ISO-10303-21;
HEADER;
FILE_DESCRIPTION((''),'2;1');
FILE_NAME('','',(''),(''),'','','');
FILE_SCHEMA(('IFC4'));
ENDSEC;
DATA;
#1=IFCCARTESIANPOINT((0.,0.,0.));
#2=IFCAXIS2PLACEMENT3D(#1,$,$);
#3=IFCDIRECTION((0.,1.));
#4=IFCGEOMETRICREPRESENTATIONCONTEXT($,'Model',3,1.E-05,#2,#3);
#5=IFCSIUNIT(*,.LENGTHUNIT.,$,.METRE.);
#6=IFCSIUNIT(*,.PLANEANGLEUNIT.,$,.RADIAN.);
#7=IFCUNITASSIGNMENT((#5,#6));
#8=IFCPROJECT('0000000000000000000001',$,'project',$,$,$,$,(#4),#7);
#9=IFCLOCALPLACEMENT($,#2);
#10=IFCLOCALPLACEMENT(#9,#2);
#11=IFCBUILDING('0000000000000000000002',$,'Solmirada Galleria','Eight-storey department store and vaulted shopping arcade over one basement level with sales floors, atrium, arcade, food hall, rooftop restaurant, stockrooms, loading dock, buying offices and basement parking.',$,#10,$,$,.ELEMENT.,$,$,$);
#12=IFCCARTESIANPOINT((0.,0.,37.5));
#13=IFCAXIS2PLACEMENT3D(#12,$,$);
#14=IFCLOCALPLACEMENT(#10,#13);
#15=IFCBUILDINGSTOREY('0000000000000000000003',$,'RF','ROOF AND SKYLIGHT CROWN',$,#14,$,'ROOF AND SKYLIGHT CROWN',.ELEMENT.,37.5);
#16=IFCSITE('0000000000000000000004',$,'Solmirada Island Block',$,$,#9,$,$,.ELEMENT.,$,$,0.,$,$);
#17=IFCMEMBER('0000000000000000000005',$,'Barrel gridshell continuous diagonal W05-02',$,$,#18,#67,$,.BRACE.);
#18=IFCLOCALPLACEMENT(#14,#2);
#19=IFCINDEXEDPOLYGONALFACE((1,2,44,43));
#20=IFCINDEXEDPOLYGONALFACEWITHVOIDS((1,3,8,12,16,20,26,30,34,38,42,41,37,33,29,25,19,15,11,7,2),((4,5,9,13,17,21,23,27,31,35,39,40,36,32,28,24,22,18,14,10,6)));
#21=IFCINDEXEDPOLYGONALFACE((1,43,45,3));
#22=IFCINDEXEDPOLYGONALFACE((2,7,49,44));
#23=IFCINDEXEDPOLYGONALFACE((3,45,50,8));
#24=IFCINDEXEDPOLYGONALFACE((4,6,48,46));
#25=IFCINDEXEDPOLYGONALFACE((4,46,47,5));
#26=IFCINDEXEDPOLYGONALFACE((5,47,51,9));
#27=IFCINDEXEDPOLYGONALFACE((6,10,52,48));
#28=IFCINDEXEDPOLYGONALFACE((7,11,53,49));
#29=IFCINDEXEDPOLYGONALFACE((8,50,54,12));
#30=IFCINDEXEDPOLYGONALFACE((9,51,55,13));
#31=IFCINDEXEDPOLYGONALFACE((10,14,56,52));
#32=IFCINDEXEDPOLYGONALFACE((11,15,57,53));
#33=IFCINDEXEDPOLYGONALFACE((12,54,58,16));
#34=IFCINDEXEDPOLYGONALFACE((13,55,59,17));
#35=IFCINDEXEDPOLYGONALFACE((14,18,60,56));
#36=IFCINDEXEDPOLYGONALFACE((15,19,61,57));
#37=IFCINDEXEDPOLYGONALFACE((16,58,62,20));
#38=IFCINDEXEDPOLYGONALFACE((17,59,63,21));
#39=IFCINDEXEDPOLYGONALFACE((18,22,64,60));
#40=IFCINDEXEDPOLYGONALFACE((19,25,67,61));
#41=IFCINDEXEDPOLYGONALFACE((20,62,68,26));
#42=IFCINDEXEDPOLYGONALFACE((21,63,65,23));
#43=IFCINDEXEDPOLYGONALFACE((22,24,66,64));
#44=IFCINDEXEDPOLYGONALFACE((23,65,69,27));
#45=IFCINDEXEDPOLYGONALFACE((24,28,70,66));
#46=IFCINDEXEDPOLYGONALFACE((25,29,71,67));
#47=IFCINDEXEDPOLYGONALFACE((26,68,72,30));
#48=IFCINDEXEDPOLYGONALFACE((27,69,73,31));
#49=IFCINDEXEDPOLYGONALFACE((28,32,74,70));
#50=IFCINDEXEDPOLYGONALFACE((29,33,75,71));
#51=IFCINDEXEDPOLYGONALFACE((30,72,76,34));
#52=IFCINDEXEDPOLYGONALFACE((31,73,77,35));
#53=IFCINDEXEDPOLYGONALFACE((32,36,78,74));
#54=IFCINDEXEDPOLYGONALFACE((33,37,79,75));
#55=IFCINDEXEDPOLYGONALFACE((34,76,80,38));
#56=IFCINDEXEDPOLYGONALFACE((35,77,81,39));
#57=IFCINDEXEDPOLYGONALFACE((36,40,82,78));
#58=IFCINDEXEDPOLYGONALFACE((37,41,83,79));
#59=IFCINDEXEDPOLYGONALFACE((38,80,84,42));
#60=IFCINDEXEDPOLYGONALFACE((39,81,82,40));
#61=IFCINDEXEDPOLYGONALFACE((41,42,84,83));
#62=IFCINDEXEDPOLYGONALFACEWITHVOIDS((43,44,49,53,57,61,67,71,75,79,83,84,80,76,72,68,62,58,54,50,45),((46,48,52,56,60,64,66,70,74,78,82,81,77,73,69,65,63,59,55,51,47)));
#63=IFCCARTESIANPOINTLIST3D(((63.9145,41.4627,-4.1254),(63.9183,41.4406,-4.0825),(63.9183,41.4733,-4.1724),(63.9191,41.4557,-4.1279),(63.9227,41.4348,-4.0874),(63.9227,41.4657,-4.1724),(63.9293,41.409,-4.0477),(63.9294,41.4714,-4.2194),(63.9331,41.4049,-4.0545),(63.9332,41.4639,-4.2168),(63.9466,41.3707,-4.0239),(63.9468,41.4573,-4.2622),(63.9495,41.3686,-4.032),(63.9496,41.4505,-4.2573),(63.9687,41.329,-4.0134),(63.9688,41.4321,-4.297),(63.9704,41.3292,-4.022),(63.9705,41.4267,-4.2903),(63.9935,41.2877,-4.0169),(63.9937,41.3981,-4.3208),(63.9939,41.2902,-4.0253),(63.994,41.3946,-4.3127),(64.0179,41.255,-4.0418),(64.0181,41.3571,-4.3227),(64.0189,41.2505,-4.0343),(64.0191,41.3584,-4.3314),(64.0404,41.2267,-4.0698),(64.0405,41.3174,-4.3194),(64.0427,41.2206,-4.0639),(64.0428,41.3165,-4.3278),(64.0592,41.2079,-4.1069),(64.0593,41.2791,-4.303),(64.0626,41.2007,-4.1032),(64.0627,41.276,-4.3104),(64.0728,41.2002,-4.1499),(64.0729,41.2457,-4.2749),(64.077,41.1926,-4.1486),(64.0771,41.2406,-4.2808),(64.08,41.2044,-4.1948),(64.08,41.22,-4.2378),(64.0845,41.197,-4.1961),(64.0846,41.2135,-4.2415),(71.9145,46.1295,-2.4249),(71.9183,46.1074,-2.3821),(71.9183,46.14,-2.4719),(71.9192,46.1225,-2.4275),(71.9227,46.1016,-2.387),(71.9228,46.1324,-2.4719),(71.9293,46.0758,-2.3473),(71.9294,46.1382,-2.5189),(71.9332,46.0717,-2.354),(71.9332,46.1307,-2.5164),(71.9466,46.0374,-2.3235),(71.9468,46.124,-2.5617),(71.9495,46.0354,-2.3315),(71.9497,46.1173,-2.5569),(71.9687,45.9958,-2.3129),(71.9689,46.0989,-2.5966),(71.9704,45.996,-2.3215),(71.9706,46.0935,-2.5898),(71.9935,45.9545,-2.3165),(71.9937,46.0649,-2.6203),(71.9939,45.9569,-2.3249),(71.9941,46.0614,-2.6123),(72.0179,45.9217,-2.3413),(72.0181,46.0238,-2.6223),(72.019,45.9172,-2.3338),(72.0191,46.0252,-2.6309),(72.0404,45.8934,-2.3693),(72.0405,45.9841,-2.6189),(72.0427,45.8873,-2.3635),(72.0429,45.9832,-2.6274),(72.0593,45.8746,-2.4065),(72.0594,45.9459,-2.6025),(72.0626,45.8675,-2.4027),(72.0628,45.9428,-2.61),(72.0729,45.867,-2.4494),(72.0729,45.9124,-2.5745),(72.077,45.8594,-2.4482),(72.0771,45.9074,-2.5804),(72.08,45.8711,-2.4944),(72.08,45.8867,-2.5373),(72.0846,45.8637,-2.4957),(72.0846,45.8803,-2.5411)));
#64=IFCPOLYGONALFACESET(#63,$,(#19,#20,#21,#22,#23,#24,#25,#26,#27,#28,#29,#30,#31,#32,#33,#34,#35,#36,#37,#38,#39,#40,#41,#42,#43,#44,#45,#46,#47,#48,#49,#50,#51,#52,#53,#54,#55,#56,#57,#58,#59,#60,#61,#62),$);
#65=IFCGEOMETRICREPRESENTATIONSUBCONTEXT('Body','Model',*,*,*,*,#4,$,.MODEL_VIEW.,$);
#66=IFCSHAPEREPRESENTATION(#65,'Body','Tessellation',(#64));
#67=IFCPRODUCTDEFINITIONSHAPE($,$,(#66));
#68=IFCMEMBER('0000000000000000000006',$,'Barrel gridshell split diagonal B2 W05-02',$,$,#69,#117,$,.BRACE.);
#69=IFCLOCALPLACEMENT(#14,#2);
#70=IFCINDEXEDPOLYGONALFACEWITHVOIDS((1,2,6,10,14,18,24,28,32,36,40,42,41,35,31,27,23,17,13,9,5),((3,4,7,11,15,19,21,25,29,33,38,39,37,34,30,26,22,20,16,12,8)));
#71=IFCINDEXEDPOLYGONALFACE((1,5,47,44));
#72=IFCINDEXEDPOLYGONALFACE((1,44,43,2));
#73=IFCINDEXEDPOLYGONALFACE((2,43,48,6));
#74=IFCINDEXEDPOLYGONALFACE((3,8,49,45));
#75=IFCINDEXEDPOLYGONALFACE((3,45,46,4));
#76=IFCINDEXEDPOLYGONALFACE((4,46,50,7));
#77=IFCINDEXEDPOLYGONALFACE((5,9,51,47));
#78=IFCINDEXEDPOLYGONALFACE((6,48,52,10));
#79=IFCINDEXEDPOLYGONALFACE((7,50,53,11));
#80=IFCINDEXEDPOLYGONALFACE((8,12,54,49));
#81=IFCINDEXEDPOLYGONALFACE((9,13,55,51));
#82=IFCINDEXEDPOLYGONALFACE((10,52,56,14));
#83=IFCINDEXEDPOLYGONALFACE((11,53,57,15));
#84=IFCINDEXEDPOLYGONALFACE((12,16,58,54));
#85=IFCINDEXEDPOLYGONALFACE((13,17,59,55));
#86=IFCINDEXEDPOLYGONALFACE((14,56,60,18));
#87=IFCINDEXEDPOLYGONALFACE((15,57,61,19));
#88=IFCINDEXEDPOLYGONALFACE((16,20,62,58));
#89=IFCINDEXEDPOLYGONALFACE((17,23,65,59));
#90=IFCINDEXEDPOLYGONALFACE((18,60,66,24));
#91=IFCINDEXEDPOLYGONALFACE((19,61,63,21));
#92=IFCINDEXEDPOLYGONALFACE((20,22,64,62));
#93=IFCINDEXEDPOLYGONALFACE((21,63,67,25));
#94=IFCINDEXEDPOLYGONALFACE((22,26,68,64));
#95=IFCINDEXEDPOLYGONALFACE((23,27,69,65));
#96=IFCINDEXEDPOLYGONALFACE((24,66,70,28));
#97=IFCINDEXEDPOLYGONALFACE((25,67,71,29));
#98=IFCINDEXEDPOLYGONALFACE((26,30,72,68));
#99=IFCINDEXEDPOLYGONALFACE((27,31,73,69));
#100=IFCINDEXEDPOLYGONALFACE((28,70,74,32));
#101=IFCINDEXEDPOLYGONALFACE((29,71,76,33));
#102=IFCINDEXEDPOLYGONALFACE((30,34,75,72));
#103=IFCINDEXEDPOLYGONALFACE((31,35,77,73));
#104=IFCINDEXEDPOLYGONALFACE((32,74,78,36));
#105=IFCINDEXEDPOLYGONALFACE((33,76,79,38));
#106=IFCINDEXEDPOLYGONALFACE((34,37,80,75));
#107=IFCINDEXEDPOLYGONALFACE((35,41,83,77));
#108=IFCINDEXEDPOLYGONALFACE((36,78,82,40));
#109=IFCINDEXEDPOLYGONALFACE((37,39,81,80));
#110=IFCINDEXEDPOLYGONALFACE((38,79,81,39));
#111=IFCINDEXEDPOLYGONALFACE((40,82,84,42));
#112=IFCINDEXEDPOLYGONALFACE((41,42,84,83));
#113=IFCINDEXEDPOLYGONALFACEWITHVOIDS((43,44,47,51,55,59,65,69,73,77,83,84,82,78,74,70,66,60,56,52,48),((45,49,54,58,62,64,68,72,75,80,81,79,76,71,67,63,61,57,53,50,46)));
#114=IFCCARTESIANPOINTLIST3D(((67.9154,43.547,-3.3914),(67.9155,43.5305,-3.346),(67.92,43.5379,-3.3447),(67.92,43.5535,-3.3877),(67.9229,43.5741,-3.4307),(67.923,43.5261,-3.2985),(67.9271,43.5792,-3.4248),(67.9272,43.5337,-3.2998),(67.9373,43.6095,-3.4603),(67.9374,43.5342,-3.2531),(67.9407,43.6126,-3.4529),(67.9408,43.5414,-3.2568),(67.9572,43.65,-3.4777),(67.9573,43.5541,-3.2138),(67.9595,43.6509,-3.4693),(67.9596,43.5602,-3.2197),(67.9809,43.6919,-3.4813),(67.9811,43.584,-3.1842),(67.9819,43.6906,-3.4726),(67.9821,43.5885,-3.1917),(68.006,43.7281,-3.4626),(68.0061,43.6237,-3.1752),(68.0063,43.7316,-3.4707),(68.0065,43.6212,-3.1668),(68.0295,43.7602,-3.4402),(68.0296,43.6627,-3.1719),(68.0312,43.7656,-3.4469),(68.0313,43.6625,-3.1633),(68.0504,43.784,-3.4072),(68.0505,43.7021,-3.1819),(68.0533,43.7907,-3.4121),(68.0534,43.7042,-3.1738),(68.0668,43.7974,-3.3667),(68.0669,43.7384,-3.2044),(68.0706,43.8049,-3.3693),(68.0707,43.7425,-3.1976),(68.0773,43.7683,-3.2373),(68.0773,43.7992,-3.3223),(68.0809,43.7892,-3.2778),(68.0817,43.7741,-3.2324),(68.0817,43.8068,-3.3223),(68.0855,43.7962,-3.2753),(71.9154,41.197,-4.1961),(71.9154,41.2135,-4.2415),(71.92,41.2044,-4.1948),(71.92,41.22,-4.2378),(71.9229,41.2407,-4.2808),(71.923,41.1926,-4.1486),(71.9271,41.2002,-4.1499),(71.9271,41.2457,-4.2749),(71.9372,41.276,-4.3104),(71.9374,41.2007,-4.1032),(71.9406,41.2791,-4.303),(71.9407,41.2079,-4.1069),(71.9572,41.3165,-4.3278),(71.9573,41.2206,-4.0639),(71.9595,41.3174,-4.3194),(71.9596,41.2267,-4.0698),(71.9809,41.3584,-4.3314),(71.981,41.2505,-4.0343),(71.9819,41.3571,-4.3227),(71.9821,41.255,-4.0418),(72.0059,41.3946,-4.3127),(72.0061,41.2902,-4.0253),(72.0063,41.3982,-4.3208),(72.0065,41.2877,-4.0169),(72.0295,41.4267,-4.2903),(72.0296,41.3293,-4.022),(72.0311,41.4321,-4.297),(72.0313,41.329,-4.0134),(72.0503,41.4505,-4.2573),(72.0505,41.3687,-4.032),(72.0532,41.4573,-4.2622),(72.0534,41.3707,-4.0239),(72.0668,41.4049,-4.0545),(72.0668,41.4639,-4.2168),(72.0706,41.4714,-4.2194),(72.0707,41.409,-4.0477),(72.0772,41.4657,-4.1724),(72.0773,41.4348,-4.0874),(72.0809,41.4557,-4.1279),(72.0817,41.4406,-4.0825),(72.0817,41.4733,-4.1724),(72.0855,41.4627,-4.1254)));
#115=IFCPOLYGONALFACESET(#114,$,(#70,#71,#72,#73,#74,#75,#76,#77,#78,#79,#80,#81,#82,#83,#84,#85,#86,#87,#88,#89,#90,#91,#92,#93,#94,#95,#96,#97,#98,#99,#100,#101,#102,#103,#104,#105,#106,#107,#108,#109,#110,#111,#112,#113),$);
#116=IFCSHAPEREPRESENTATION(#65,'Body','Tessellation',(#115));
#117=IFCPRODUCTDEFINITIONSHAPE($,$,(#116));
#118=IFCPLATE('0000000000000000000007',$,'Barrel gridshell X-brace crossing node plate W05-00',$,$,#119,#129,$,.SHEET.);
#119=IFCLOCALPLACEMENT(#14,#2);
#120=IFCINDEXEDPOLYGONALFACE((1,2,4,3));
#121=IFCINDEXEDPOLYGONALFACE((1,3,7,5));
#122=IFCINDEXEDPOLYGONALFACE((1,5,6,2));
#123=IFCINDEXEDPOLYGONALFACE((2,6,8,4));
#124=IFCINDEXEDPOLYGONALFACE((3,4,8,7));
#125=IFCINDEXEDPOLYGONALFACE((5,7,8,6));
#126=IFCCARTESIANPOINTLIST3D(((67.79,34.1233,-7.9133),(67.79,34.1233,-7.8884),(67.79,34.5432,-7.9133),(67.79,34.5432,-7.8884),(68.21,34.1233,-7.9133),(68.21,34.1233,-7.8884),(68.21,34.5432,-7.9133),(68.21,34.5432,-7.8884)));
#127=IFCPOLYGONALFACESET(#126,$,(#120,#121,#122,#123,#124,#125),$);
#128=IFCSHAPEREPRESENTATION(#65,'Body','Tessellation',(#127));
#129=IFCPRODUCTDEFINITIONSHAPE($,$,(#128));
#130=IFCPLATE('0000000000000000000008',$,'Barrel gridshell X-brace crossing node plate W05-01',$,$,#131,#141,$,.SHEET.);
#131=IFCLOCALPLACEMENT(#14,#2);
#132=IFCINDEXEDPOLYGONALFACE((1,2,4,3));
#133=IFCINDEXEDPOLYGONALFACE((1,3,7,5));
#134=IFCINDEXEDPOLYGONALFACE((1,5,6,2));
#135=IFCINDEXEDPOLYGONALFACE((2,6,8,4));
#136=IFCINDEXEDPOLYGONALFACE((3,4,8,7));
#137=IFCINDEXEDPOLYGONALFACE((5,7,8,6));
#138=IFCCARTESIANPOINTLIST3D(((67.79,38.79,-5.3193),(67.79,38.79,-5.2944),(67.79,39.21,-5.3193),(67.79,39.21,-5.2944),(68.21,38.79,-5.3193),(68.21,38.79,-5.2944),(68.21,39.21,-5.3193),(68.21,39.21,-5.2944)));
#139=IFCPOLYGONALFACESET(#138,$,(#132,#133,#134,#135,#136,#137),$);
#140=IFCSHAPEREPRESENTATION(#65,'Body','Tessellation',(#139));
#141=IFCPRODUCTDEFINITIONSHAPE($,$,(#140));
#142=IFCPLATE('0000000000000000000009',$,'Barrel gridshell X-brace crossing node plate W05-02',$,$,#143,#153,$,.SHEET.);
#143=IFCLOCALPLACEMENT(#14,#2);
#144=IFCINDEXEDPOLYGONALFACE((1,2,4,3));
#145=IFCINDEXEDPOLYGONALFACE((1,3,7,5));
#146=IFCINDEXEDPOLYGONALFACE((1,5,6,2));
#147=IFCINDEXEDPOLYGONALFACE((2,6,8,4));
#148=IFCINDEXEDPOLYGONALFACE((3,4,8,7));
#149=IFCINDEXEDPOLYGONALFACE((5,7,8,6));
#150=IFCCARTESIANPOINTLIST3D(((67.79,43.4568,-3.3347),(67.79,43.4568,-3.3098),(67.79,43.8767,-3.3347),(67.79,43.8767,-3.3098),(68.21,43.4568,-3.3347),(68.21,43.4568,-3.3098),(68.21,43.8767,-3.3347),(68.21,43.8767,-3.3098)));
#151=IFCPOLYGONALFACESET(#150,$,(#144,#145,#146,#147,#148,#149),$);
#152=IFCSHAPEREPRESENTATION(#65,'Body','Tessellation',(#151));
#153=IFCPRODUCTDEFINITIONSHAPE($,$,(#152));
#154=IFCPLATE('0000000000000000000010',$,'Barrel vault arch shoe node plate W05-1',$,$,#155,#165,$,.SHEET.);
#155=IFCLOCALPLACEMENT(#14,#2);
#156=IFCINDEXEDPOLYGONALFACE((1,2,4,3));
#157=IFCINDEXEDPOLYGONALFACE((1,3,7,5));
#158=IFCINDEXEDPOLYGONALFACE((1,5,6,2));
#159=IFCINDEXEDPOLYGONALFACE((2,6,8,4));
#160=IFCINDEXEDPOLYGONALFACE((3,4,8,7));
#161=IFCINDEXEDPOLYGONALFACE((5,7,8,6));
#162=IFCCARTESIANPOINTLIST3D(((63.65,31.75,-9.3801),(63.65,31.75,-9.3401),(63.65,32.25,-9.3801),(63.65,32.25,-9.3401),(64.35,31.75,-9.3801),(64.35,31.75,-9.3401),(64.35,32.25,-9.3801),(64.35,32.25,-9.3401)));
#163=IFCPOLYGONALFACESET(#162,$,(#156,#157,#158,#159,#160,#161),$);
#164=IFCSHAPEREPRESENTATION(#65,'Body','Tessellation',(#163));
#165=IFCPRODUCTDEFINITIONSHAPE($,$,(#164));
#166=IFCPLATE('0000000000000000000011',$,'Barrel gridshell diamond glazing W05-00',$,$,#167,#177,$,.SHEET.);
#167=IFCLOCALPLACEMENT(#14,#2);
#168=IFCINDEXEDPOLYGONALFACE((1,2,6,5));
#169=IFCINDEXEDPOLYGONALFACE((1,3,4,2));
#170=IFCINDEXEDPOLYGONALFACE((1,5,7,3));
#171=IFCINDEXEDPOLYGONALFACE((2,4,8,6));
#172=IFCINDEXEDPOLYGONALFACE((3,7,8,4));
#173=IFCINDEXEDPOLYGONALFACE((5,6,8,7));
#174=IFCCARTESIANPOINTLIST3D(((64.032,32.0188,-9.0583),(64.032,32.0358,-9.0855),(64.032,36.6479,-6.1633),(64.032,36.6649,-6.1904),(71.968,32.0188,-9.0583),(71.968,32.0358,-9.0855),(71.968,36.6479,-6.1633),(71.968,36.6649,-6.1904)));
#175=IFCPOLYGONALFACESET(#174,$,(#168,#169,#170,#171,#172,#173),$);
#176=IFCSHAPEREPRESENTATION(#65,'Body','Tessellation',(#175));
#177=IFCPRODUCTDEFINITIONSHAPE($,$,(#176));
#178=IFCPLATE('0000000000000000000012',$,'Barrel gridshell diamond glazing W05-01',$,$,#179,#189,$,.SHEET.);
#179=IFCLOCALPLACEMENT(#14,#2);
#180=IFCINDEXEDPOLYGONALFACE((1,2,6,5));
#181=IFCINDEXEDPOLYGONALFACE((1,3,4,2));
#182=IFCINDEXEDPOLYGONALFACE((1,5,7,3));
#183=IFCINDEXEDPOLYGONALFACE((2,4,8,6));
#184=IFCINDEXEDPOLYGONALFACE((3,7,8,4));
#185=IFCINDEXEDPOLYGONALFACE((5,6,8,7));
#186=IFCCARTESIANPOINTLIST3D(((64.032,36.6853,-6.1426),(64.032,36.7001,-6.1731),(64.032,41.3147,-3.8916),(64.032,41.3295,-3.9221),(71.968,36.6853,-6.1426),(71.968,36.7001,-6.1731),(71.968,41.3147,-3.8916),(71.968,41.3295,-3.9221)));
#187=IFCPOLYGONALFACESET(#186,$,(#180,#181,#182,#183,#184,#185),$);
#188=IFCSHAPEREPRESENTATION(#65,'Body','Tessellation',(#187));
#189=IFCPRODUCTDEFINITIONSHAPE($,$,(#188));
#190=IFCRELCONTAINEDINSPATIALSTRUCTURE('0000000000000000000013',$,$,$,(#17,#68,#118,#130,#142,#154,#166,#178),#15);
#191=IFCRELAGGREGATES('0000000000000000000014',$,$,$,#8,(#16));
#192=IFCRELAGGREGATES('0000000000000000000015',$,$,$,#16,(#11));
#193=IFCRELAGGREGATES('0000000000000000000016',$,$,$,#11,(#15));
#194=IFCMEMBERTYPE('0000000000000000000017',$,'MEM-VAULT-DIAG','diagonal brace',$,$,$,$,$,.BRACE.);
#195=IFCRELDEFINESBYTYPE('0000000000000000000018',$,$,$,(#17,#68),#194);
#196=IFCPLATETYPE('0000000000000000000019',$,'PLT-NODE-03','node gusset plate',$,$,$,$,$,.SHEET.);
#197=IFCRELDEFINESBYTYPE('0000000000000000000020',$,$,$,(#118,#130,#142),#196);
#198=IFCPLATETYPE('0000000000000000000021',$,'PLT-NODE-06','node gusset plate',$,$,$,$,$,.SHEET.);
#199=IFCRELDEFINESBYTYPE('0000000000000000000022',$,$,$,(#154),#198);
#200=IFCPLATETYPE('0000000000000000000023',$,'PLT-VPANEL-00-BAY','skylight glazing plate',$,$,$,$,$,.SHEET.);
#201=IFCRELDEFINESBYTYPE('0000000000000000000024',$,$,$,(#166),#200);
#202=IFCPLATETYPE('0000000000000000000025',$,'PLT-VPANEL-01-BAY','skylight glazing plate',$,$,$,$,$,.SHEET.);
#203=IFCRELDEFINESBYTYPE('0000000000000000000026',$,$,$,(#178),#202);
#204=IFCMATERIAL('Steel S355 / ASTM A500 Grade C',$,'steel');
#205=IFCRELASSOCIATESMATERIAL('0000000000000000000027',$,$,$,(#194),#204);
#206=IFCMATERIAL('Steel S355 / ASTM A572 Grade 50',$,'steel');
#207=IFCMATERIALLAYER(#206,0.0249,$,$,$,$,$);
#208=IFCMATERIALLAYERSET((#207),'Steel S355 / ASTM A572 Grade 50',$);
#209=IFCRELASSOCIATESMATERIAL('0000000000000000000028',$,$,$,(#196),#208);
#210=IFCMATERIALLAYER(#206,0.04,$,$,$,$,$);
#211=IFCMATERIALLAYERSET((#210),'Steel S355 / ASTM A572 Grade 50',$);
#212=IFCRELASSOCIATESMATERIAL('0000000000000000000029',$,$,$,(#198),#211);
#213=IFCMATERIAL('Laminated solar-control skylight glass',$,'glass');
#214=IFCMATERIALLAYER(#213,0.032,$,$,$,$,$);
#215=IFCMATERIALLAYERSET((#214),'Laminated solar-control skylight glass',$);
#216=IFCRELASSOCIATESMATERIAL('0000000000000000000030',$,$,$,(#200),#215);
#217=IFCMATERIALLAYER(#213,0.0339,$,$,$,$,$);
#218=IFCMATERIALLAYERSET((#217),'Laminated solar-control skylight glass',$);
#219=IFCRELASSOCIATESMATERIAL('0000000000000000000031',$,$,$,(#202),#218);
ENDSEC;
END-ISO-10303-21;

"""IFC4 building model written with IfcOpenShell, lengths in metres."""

from ifc_helpers import new_model, si_unit, direction, frame, origin, origin_2d, place, context, subcontext, project, spatial, polyline, rectangle, hollow_circle, outline, extrude, material, layer, layer_set, material_profile, profile_set, type_object, element, save


model = new_model("IFC4")

# Units and contexts
model_context = context("Model", 3, precision=1e-05, world=origin(), true_north=direction((0.0, 1.0)))
body_context = subcontext(model_context, "Body", "Model", "MODEL_VIEW")
ifc_project = project(units=[si_unit("LENGTHUNIT", "METRE"), si_unit("PLANEANGLEUNIT", "RADIAN")], contexts=[model_context])

# Site, building, storey
site_placement = place(None, origin())
site = spatial("IfcSite", under=ifc_project, at=site_placement, Name="Solmirada Island Block", CompositionType="ELEMENT", RefElevation=0.0)
building_placement = place(site_placement, origin())
building = spatial("IfcBuilding", under=site, at=building_placement, Name="Solmirada Galleria", Description="Eight-storey department store and vaulted shopping arcade over one basement level with sales floors, atrium, arcade, food hall, rooftop restaurant, stockrooms, loading dock, buying offices and basement parking.", CompositionType="ELEMENT")
storey_placement = place(building_placement, frame((0.0, 0.0, 37.5)))
storey = spatial("IfcBuildingStorey", under=building, at=storey_placement, Name="RF", Description="ROOF AND SKYLIGHT CROWN", LongName="ROOF AND SKYLIGHT CROWN", CompositionType="ELEMENT", Elevation=37.5)

# Members
ifc_material_1 = material(Name="Steel S355 / ASTM A500 Grade C", Category="steel")
ifc_material_profile_1 = material_profile(ifc_material_1, hollow_circle(Radius=0.1621, WallThickness=0.0088, at=origin_2d()), Name="HSS12.750X0.375")
ifc_profile_set_1 = profile_set([ifc_material_profile_1], Name="Steel S355 / ASTM A500 Grade C")
member_type_1 = type_object("IfcMemberType", Name="MEM-VAULT-DIAG", Description="diagonal brace", PredefinedType="BRACE", material=ifc_profile_set_1)
member_1_placement = place(storey_placement, frame((64.0, 41.3333, -4.1724), z_axis=(0.849575, 0.495594, 0.180581), x_axis=(-0.503878, 0.863775, 0.0)))
element("IfcMember", 1, at=member_1_placement, inside=storey, type_object=member_type_1, Name="Barrel gridshell continuous diagonal W05-02", PredefinedType="BRACE", context=body_context, shape_type="SweptSolid", body=[
    extrude(hollow_circle(Radius=0.1621, WallThickness=0.0088, at=origin_2d()), origin(), (0.0, 0.0, 1.0), 9.4165),
])
member_2_placement = place(storey_placement, frame((68.0, 43.6667, -3.3223), z_axis=(0.849568, -0.495616, -0.180554), x_axis=(0.503897, 0.863764, 0.0)))
element("IfcMember", 2, at=member_2_placement, inside=storey, type_object=member_type_1, Name="Barrel gridshell split diagonal B2 W05-02", PredefinedType="BRACE", context=body_context, shape_type="SweptSolid", body=[
    extrude(hollow_circle(Radius=0.1621, WallThickness=0.0088, at=origin_2d()), origin(), (0.0, 0.0, 1.0), 4.7083),
])

# Plates
ifc_material_2 = material(Name="Steel S355 / ASTM A572 Grade 50", Category="steel")
ifc_layer_1 = layer(ifc_material_2, 0.0249)
ifc_layer_set_1 = layer_set([ifc_layer_1], Name="Steel S355 / ASTM A572 Grade 50")
plate_type_1 = type_object("IfcPlateType", Name="PLT-NODE-03", Description="node gusset plate", PredefinedType="SHEET", material=ifc_layer_set_1)
for number, where, z_axis, x_axis, name in (
    (3, (68.0, 34.3333, -7.9133), (0.0, 0.0, 1.0), (1.0, 0.0, 0.0), "Barrel gridshell X-brace crossing node plate W05-00"),
    (4, (68.0, 39.0, -5.3193), (0.0, 0.0, 1.0), (1.0, 0.0, 0.0), "Barrel gridshell X-brace crossing node plate W05-01"),
    (5, (68.0, 43.6667, -3.3347), (0.0, 0.0, 1.0), (1.0, 0.0, 0.0), "Barrel gridshell X-brace crossing node plate W05-02"),
):
    element("IfcPlate", number, at=place(storey_placement, frame(where, z_axis=z_axis, x_axis=x_axis)), inside=storey, type_object=plate_type_1, Name=name, PredefinedType="SHEET", context=body_context, shape_type="SweptSolid", body=[
        extrude(rectangle(XDim=0.4199, YDim=0.4199, at=origin_2d()), origin(), (0.0, 0.0, 1.0), 0.0249),
    ])
ifc_layer_2 = layer(ifc_material_2, 0.04)
ifc_layer_set_2 = layer_set([ifc_layer_2], Name="Steel S355 / ASTM A572 Grade 50")
plate_type_2 = type_object("IfcPlateType", Name="PLT-NODE-06", Description="node gusset plate", PredefinedType="SHEET", material=ifc_layer_set_2)
plate_1_placement = place(storey_placement, frame((64.0, 32.0, -9.3801), z_axis=(0.0, 0.0, 1.0), x_axis=(1.0, 0.0, 0.0)))
element("IfcPlate", 6, at=plate_1_placement, inside=storey, type_object=plate_type_2, Name="Barrel vault arch shoe node plate W05-1", PredefinedType="SHEET", context=body_context, shape_type="SweptSolid", body=[
    extrude(rectangle(XDim=0.7, YDim=0.5, at=origin_2d()), origin(), (0.0, 0.0, 1.0), 0.04),
])
ifc_material_3 = material(Name="Laminated solar-control skylight glass", Category="glass")
ifc_layer_3 = layer(ifc_material_3, 0.032)
ifc_layer_set_3 = layer_set([ifc_layer_3], Name="Laminated solar-control skylight glass")
plate_type_3 = type_object("IfcPlateType", Name="PLT-VPANEL-00-BAY", Description="skylight glazing plate", PredefinedType="SHEET", material=ifc_layer_set_3)
plate_2_placement = place(storey_placement, frame((64.032, 32.0188, -9.0583), z_axis=(0.0, -0.530236, 0.84785), x_axis=(1.0, 0.0, 0.0)))
element("IfcPlate", 7, at=plate_2_placement, inside=storey, type_object=plate_type_3, Name="Barrel gridshell diamond glazing W05-00", PredefinedType="SHEET", context=body_context, shape_type="SweptSolid", body=[
    extrude(outline(polyline([(0.0, 0.0), (7.936, 0.0), (7.936, 5.4599), (0.0, 5.4599), (0.0, 0.0)])), origin(), (0.0, 0.0, -1.0), 0.032),
])
ifc_layer_4 = layer(ifc_material_3, 0.0339)
ifc_layer_set_4 = layer_set([ifc_layer_4], Name="Laminated solar-control skylight glass")
plate_type_4 = type_object("IfcPlateType", Name="PLT-VPANEL-01-BAY", Description="skylight glazing plate", PredefinedType="SHEET", material=ifc_layer_set_4)
plate_3_placement = place(storey_placement, frame((64.032, 36.6853, -6.1426), z_axis=(0.0, -0.437283, 0.899324), x_axis=(1.0, 0.0, 0.0)))
element("IfcPlate", 8, at=plate_3_placement, inside=storey, type_object=plate_type_4, Name="Barrel gridshell diamond glazing W05-01", PredefinedType="SHEET", context=body_context, shape_type="SweptSolid", body=[
    extrude(outline(polyline([(0.0, 0.0), (7.936, 0.0), (7.936, 5.1476), (0.0, 5.1476), (0.0, 0.0)])), origin(), (0.0, 0.0, -1.0), 0.0339),
])

save(model, "model.ifc")
